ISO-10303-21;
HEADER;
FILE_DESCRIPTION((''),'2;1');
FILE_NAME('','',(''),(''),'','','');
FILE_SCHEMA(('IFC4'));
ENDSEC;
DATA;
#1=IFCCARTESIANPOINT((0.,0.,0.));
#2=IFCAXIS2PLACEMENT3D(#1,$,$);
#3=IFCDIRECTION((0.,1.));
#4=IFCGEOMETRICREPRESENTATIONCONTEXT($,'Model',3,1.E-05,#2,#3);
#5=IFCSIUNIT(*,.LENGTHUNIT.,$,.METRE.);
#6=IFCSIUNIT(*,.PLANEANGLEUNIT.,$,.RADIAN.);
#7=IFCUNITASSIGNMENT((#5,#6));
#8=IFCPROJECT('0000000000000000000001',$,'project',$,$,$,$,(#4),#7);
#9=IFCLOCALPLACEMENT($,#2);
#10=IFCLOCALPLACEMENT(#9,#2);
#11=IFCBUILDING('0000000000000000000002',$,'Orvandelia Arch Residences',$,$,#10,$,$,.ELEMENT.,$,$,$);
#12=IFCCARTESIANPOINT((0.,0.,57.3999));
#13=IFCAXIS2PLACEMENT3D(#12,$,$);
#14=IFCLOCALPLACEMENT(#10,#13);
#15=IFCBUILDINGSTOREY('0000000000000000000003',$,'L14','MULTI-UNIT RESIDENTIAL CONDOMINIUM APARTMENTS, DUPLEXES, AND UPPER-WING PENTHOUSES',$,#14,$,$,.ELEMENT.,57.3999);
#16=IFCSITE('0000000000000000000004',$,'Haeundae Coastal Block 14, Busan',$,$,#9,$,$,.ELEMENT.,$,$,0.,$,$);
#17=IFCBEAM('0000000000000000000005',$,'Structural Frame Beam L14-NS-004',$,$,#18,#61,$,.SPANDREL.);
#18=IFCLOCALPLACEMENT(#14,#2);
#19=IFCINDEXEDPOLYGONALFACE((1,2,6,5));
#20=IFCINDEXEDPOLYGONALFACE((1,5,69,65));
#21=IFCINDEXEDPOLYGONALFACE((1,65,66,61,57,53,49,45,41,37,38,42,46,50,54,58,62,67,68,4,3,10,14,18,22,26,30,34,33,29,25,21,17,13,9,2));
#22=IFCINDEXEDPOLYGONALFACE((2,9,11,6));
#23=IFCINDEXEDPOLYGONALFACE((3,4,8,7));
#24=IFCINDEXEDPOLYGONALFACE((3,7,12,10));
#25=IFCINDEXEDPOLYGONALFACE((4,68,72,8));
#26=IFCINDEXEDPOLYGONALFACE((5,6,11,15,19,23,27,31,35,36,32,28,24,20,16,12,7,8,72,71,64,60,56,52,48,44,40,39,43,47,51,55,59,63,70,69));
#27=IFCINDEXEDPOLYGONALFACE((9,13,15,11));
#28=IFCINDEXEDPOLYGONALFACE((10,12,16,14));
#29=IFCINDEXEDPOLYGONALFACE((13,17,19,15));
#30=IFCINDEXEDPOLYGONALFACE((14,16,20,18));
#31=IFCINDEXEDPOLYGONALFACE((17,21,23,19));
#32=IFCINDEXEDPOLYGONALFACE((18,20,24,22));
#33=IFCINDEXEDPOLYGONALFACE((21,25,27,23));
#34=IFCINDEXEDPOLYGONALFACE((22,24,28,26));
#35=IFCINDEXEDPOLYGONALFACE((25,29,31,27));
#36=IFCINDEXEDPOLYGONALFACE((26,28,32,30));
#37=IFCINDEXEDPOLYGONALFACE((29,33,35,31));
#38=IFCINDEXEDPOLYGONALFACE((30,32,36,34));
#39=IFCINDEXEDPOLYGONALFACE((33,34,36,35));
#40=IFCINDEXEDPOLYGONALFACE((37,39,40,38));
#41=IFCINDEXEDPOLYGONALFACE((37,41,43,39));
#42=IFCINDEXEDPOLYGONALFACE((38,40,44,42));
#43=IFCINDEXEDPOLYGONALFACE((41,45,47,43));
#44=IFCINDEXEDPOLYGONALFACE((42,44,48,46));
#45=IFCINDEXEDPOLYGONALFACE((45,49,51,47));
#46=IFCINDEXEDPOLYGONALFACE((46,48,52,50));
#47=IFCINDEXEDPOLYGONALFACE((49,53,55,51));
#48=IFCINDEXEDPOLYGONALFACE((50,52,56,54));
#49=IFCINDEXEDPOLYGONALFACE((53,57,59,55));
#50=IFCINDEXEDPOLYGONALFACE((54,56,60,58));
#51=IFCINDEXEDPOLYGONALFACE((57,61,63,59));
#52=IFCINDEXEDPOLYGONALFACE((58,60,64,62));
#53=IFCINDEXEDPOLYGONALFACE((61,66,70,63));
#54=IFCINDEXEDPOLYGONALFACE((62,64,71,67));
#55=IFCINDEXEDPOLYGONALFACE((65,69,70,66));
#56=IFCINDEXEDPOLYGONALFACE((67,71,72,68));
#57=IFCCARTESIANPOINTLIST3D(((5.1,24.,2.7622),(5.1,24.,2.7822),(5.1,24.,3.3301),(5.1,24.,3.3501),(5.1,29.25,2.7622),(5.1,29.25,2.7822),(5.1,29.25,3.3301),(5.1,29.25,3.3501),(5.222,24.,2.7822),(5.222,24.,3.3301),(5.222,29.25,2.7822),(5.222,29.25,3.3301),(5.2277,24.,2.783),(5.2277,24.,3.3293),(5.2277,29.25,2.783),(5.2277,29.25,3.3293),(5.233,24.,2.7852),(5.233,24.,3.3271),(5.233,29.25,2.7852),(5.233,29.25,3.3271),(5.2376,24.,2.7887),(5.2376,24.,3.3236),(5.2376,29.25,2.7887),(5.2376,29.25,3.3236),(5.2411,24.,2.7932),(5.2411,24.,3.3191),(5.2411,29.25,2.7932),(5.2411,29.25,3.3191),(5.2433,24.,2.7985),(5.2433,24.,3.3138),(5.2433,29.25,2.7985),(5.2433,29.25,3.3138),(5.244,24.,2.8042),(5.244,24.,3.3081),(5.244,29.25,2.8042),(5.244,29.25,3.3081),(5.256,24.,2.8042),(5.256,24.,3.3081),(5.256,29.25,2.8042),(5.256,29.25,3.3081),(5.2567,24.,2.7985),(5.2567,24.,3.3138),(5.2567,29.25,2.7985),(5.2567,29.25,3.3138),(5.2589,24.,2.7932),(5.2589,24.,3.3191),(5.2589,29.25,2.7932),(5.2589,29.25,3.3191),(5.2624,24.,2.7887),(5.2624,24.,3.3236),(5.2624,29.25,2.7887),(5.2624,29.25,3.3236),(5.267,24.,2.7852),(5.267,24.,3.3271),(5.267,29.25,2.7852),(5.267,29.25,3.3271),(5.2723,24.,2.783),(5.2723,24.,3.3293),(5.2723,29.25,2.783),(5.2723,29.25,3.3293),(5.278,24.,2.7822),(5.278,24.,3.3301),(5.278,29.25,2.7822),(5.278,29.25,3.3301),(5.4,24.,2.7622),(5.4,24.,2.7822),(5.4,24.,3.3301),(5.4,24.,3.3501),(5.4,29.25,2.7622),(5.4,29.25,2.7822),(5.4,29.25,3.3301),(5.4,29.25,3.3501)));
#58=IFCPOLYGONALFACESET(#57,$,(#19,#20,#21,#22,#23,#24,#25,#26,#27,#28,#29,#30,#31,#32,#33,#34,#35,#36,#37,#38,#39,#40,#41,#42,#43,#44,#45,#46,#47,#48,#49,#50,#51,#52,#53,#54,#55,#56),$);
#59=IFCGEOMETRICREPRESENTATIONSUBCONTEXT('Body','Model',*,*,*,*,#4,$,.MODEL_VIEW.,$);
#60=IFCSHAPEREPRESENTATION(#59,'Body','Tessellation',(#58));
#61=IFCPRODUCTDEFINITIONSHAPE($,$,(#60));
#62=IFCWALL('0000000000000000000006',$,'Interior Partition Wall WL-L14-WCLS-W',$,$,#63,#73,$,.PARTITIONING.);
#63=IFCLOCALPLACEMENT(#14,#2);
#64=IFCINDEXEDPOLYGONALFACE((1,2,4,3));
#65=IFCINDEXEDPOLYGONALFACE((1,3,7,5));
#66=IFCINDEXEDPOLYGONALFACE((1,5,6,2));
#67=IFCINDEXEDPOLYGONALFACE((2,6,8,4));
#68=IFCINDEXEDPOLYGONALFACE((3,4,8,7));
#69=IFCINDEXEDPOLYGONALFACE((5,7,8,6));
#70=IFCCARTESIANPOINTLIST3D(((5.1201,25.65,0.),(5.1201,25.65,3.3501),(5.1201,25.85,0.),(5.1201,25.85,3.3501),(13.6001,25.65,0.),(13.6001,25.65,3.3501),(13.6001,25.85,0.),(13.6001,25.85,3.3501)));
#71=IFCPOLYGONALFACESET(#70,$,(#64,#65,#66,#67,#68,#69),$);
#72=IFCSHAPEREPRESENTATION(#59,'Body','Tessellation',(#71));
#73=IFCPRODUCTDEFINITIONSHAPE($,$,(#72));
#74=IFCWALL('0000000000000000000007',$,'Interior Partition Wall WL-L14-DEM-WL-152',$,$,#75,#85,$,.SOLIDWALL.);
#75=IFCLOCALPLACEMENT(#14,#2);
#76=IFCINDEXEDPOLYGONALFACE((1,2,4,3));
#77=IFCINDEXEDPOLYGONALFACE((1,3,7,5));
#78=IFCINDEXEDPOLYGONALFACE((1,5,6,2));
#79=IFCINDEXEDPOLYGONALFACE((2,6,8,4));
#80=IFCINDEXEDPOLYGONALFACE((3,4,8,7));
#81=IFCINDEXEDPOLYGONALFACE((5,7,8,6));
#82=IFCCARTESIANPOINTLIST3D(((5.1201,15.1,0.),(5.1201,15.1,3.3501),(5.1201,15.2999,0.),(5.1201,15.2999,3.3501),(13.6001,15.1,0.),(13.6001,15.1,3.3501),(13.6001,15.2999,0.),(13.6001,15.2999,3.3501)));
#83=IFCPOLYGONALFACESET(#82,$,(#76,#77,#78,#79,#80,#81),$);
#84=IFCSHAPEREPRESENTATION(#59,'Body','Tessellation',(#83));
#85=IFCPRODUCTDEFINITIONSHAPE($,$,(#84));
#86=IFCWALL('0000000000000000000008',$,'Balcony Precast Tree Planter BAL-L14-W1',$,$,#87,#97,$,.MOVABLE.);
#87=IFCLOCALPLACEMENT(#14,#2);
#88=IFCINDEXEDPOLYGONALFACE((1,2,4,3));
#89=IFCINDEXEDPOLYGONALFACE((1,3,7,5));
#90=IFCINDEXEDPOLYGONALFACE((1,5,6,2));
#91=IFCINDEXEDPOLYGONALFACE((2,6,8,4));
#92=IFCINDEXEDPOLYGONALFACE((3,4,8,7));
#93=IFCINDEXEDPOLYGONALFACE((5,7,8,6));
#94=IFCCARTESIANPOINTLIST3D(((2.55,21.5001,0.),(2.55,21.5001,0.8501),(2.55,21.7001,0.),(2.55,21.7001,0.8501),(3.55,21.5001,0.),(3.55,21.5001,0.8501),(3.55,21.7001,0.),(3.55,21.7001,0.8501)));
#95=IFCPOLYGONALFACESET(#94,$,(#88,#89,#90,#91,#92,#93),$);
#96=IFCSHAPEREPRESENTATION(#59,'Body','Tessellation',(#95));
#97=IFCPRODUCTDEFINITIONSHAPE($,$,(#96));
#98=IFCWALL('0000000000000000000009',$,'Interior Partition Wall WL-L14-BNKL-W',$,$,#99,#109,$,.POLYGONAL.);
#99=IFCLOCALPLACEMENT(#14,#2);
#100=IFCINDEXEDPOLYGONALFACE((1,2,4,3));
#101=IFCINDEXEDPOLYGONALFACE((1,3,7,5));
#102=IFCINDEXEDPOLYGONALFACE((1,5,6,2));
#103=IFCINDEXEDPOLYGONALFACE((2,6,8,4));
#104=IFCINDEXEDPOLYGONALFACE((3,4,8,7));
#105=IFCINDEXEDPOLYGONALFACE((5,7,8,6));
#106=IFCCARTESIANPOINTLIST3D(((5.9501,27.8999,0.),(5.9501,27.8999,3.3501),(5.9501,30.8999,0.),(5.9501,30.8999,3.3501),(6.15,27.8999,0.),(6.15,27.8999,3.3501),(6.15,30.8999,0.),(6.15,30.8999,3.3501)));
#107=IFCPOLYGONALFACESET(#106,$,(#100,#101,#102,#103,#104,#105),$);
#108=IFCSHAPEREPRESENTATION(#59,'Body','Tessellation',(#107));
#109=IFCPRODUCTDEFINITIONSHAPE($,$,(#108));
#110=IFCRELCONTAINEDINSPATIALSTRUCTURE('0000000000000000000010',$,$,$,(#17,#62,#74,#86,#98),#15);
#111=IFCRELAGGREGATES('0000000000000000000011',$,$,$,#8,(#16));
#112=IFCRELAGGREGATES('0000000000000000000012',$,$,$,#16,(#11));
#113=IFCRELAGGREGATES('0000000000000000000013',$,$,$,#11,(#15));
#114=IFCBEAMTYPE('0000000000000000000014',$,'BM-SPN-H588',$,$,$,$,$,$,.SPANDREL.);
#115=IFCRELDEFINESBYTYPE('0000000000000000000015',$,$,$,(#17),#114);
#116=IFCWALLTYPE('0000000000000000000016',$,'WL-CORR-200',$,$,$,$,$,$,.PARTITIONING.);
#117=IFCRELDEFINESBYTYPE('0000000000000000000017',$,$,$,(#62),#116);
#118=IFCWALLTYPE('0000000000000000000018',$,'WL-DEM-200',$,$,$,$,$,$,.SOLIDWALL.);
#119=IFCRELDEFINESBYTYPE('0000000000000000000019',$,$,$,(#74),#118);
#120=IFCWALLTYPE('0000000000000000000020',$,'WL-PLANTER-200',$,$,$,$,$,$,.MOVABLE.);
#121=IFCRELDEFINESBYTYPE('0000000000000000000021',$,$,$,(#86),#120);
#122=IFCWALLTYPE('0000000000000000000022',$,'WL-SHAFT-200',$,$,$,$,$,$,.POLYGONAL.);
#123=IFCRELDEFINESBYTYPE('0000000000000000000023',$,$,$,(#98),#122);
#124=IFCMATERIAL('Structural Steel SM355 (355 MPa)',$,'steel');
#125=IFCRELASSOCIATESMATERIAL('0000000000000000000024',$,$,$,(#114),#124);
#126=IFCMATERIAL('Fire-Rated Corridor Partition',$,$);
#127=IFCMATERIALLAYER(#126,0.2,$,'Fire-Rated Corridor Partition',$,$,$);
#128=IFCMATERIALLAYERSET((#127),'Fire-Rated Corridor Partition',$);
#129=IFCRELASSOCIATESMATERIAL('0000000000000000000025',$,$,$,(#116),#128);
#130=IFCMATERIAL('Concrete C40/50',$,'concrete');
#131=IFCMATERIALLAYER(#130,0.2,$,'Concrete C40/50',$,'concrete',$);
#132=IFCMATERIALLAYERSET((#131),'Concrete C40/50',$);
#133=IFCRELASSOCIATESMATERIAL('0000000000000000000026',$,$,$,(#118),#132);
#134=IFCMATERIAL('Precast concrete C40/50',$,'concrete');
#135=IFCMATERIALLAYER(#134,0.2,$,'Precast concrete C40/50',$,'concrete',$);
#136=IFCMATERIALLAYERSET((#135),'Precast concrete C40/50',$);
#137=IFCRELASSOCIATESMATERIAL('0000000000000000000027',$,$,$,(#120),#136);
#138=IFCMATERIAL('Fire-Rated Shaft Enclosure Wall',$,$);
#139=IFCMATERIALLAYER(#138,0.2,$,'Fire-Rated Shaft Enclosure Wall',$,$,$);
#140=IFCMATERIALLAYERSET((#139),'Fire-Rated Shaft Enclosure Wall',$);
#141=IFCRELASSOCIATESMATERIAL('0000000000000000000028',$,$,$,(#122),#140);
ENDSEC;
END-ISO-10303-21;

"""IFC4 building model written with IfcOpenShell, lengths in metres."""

from ifc_helpers import new_model, si_unit, direction, frame, frame_2d, origin, origin_2d, place, context, subcontext, project, spatial, rectangle, i_section, extrude, material, layer, layer_set, material_profile, profile_set, type_object, element, save


model = new_model("IFC4")

# Units and contexts
model_context = context("Model", 3, precision=1e-05, world=origin(), true_north=direction((0.0, 1.0)))
body_context = subcontext(model_context, "Body", "Model", "MODEL_VIEW")
ifc_project = project(units=[si_unit("LENGTHUNIT", "METRE"), si_unit("PLANEANGLEUNIT", "RADIAN")], contexts=[model_context])

# Site, building, storey
site_placement = place(None, origin())
site = spatial("IfcSite", under=ifc_project, at=site_placement, Name="Haeundae Coastal Block 14, Busan", CompositionType="ELEMENT", RefElevation=0.0)
building_placement = place(site_placement, origin())
building = spatial("IfcBuilding", under=site, at=building_placement, Name="Orvandelia Arch Residences", CompositionType="ELEMENT")
storey_placement = place(building_placement, frame((0.0, 0.0, 57.3999)))
storey = spatial("IfcBuildingStorey", under=building, at=storey_placement, Name="L14", Description="MULTI-UNIT RESIDENTIAL CONDOMINIUM APARTMENTS, DUPLEXES, AND UPPER-WING PENTHOUSES", CompositionType="ELEMENT", Elevation=57.3999)

# Beam
ifc_material_1 = material(Name="Structural Steel SM355 (355 MPa)", Category="steel")
ifc_material_profile_1 = material_profile(ifc_material_1, i_section(OverallWidth=0.3, OverallDepth=0.5879, WebThickness=0.012, FlangeThickness=0.02, FilletRadius=0.022, at=origin_2d()), Name="Structural Steel SM355 (355 MPa)", Category="steel")
ifc_profile_set_1 = profile_set([ifc_material_profile_1], Name="Structural Steel SM355 (355 MPa)")
beam_type_1 = type_object("IfcBeamType", Name="BM-SPN-H588", PredefinedType="SPANDREL", material=ifc_profile_set_1)
beam_placement = place(storey_placement, frame((5.25, 24.0, 3.0562), z_axis=(0.0, 1.0, 0.0), x_axis=(-1.0, 0.0, 0.0)))
element("IfcBeam", 1, at=beam_placement, inside=storey, type_object=beam_type_1, Name="Structural Frame Beam L14-NS-004", PredefinedType="SPANDREL", context=body_context, shape_type="SweptSolid", body=[
    extrude(i_section(OverallWidth=0.3, OverallDepth=0.5879, WebThickness=0.012, FlangeThickness=0.02, FilletRadius=0.022, at=origin_2d()), origin(), (0.0, 0.0, 1.0), 5.25),
])

# Walls
ifc_material_2 = material(Name="Fire-Rated Corridor Partition")
ifc_layer_1 = layer(ifc_material_2, 0.2, Name="Fire-Rated Corridor Partition")
ifc_layer_set_1 = layer_set([ifc_layer_1], Name="Fire-Rated Corridor Partition")
wall_type_1 = type_object("IfcWallType", Name="WL-CORR-200", PredefinedType="PARTITIONING", material=ifc_layer_set_1)
wall_1_placement = place(storey_placement, frame((5.1201, 25.75, 0.0), z_axis=(0.0, 0.0, 1.0), x_axis=(1.0, 0.0, 0.0)))
element("IfcWall", 2, at=wall_1_placement, inside=storey, type_object=wall_type_1, Name="Interior Partition Wall WL-L14-WCLS-W", PredefinedType="PARTITIONING", context=body_context, shape_type="SweptSolid", body=[
    extrude(rectangle(XDim=8.48, YDim=0.2, at=frame_2d((4.24, 0.0))), origin(), (0.0, 0.0, 1.0), 3.3501),
])
ifc_material_3 = material(Name="Concrete C40/50", Category="concrete")
ifc_layer_2 = layer(ifc_material_3, 0.2, Name="Concrete C40/50", Category="concrete")
ifc_layer_set_2 = layer_set([ifc_layer_2], Name="Concrete C40/50")
wall_type_2 = type_object("IfcWallType", Name="WL-DEM-200", PredefinedType="SOLIDWALL", material=ifc_layer_set_2)
wall_2_placement = place(storey_placement, frame((5.1201, 15.2, 0.0), z_axis=(0.0, 0.0, 1.0), x_axis=(1.0, 0.0, 0.0)))
element("IfcWall", 3, at=wall_2_placement, inside=storey, type_object=wall_type_2, Name="Interior Partition Wall WL-L14-DEM-WL-152", PredefinedType="SOLIDWALL", context=body_context, shape_type="SweptSolid", body=[
    extrude(rectangle(XDim=8.48, YDim=0.2, at=frame_2d((4.24, 0.0))), origin(), (0.0, 0.0, 1.0), 3.3501),
])
ifc_material_4 = material(Name="Precast concrete C40/50", Category="concrete")
ifc_layer_3 = layer(ifc_material_4, 0.2, Name="Precast concrete C40/50", Category="concrete")
ifc_layer_set_3 = layer_set([ifc_layer_3], Name="Precast concrete C40/50")
wall_type_3 = type_object("IfcWallType", Name="WL-PLANTER-200", PredefinedType="MOVABLE", material=ifc_layer_set_3)
wall_3_placement = place(storey_placement, frame((2.55, 21.6001, 0.0), z_axis=(0.0, 0.0, 1.0), x_axis=(1.0, 0.0, 0.0)))
element("IfcWall", 4, at=wall_3_placement, inside=storey, type_object=wall_type_3, Name="Balcony Precast Tree Planter BAL-L14-W1", PredefinedType="MOVABLE", context=body_context, shape_type="SweptSolid", body=[
    extrude(rectangle(XDim=1.0, YDim=0.2, at=frame_2d((0.5, 0.0))), origin(), (0.0, 0.0, 1.0), 0.8501),
])

# Shared definitions
ifc_material_5 = material(Name="Fire-Rated Shaft Enclosure Wall")
ifc_layer_4 = layer(ifc_material_5, 0.2, Name="Fire-Rated Shaft Enclosure Wall")
ifc_layer_set_4 = layer_set([ifc_layer_4], Name="Fire-Rated Shaft Enclosure Wall")
wall_type_4 = type_object("IfcWallType", Name="WL-SHAFT-200", PredefinedType="POLYGONAL", material=ifc_layer_set_4)

# Wall
wall_4_placement = place(storey_placement, frame((6.05, 27.8999, 0.0), z_axis=(0.0, 0.0, 1.0), x_axis=(0.0, 1.0, 0.0)))
element("IfcWall", 5, at=wall_4_placement, inside=storey, type_object=wall_type_4, Name="Interior Partition Wall WL-L14-BNKL-W", PredefinedType="POLYGONAL", context=body_context, shape_type="SweptSolid", body=[
    extrude(rectangle(XDim=3.0, YDim=0.2, at=frame_2d((1.5, 0.0))), origin(), (0.0, 0.0, 1.0), 3.3501),
])

save(model, "model.ifc")
